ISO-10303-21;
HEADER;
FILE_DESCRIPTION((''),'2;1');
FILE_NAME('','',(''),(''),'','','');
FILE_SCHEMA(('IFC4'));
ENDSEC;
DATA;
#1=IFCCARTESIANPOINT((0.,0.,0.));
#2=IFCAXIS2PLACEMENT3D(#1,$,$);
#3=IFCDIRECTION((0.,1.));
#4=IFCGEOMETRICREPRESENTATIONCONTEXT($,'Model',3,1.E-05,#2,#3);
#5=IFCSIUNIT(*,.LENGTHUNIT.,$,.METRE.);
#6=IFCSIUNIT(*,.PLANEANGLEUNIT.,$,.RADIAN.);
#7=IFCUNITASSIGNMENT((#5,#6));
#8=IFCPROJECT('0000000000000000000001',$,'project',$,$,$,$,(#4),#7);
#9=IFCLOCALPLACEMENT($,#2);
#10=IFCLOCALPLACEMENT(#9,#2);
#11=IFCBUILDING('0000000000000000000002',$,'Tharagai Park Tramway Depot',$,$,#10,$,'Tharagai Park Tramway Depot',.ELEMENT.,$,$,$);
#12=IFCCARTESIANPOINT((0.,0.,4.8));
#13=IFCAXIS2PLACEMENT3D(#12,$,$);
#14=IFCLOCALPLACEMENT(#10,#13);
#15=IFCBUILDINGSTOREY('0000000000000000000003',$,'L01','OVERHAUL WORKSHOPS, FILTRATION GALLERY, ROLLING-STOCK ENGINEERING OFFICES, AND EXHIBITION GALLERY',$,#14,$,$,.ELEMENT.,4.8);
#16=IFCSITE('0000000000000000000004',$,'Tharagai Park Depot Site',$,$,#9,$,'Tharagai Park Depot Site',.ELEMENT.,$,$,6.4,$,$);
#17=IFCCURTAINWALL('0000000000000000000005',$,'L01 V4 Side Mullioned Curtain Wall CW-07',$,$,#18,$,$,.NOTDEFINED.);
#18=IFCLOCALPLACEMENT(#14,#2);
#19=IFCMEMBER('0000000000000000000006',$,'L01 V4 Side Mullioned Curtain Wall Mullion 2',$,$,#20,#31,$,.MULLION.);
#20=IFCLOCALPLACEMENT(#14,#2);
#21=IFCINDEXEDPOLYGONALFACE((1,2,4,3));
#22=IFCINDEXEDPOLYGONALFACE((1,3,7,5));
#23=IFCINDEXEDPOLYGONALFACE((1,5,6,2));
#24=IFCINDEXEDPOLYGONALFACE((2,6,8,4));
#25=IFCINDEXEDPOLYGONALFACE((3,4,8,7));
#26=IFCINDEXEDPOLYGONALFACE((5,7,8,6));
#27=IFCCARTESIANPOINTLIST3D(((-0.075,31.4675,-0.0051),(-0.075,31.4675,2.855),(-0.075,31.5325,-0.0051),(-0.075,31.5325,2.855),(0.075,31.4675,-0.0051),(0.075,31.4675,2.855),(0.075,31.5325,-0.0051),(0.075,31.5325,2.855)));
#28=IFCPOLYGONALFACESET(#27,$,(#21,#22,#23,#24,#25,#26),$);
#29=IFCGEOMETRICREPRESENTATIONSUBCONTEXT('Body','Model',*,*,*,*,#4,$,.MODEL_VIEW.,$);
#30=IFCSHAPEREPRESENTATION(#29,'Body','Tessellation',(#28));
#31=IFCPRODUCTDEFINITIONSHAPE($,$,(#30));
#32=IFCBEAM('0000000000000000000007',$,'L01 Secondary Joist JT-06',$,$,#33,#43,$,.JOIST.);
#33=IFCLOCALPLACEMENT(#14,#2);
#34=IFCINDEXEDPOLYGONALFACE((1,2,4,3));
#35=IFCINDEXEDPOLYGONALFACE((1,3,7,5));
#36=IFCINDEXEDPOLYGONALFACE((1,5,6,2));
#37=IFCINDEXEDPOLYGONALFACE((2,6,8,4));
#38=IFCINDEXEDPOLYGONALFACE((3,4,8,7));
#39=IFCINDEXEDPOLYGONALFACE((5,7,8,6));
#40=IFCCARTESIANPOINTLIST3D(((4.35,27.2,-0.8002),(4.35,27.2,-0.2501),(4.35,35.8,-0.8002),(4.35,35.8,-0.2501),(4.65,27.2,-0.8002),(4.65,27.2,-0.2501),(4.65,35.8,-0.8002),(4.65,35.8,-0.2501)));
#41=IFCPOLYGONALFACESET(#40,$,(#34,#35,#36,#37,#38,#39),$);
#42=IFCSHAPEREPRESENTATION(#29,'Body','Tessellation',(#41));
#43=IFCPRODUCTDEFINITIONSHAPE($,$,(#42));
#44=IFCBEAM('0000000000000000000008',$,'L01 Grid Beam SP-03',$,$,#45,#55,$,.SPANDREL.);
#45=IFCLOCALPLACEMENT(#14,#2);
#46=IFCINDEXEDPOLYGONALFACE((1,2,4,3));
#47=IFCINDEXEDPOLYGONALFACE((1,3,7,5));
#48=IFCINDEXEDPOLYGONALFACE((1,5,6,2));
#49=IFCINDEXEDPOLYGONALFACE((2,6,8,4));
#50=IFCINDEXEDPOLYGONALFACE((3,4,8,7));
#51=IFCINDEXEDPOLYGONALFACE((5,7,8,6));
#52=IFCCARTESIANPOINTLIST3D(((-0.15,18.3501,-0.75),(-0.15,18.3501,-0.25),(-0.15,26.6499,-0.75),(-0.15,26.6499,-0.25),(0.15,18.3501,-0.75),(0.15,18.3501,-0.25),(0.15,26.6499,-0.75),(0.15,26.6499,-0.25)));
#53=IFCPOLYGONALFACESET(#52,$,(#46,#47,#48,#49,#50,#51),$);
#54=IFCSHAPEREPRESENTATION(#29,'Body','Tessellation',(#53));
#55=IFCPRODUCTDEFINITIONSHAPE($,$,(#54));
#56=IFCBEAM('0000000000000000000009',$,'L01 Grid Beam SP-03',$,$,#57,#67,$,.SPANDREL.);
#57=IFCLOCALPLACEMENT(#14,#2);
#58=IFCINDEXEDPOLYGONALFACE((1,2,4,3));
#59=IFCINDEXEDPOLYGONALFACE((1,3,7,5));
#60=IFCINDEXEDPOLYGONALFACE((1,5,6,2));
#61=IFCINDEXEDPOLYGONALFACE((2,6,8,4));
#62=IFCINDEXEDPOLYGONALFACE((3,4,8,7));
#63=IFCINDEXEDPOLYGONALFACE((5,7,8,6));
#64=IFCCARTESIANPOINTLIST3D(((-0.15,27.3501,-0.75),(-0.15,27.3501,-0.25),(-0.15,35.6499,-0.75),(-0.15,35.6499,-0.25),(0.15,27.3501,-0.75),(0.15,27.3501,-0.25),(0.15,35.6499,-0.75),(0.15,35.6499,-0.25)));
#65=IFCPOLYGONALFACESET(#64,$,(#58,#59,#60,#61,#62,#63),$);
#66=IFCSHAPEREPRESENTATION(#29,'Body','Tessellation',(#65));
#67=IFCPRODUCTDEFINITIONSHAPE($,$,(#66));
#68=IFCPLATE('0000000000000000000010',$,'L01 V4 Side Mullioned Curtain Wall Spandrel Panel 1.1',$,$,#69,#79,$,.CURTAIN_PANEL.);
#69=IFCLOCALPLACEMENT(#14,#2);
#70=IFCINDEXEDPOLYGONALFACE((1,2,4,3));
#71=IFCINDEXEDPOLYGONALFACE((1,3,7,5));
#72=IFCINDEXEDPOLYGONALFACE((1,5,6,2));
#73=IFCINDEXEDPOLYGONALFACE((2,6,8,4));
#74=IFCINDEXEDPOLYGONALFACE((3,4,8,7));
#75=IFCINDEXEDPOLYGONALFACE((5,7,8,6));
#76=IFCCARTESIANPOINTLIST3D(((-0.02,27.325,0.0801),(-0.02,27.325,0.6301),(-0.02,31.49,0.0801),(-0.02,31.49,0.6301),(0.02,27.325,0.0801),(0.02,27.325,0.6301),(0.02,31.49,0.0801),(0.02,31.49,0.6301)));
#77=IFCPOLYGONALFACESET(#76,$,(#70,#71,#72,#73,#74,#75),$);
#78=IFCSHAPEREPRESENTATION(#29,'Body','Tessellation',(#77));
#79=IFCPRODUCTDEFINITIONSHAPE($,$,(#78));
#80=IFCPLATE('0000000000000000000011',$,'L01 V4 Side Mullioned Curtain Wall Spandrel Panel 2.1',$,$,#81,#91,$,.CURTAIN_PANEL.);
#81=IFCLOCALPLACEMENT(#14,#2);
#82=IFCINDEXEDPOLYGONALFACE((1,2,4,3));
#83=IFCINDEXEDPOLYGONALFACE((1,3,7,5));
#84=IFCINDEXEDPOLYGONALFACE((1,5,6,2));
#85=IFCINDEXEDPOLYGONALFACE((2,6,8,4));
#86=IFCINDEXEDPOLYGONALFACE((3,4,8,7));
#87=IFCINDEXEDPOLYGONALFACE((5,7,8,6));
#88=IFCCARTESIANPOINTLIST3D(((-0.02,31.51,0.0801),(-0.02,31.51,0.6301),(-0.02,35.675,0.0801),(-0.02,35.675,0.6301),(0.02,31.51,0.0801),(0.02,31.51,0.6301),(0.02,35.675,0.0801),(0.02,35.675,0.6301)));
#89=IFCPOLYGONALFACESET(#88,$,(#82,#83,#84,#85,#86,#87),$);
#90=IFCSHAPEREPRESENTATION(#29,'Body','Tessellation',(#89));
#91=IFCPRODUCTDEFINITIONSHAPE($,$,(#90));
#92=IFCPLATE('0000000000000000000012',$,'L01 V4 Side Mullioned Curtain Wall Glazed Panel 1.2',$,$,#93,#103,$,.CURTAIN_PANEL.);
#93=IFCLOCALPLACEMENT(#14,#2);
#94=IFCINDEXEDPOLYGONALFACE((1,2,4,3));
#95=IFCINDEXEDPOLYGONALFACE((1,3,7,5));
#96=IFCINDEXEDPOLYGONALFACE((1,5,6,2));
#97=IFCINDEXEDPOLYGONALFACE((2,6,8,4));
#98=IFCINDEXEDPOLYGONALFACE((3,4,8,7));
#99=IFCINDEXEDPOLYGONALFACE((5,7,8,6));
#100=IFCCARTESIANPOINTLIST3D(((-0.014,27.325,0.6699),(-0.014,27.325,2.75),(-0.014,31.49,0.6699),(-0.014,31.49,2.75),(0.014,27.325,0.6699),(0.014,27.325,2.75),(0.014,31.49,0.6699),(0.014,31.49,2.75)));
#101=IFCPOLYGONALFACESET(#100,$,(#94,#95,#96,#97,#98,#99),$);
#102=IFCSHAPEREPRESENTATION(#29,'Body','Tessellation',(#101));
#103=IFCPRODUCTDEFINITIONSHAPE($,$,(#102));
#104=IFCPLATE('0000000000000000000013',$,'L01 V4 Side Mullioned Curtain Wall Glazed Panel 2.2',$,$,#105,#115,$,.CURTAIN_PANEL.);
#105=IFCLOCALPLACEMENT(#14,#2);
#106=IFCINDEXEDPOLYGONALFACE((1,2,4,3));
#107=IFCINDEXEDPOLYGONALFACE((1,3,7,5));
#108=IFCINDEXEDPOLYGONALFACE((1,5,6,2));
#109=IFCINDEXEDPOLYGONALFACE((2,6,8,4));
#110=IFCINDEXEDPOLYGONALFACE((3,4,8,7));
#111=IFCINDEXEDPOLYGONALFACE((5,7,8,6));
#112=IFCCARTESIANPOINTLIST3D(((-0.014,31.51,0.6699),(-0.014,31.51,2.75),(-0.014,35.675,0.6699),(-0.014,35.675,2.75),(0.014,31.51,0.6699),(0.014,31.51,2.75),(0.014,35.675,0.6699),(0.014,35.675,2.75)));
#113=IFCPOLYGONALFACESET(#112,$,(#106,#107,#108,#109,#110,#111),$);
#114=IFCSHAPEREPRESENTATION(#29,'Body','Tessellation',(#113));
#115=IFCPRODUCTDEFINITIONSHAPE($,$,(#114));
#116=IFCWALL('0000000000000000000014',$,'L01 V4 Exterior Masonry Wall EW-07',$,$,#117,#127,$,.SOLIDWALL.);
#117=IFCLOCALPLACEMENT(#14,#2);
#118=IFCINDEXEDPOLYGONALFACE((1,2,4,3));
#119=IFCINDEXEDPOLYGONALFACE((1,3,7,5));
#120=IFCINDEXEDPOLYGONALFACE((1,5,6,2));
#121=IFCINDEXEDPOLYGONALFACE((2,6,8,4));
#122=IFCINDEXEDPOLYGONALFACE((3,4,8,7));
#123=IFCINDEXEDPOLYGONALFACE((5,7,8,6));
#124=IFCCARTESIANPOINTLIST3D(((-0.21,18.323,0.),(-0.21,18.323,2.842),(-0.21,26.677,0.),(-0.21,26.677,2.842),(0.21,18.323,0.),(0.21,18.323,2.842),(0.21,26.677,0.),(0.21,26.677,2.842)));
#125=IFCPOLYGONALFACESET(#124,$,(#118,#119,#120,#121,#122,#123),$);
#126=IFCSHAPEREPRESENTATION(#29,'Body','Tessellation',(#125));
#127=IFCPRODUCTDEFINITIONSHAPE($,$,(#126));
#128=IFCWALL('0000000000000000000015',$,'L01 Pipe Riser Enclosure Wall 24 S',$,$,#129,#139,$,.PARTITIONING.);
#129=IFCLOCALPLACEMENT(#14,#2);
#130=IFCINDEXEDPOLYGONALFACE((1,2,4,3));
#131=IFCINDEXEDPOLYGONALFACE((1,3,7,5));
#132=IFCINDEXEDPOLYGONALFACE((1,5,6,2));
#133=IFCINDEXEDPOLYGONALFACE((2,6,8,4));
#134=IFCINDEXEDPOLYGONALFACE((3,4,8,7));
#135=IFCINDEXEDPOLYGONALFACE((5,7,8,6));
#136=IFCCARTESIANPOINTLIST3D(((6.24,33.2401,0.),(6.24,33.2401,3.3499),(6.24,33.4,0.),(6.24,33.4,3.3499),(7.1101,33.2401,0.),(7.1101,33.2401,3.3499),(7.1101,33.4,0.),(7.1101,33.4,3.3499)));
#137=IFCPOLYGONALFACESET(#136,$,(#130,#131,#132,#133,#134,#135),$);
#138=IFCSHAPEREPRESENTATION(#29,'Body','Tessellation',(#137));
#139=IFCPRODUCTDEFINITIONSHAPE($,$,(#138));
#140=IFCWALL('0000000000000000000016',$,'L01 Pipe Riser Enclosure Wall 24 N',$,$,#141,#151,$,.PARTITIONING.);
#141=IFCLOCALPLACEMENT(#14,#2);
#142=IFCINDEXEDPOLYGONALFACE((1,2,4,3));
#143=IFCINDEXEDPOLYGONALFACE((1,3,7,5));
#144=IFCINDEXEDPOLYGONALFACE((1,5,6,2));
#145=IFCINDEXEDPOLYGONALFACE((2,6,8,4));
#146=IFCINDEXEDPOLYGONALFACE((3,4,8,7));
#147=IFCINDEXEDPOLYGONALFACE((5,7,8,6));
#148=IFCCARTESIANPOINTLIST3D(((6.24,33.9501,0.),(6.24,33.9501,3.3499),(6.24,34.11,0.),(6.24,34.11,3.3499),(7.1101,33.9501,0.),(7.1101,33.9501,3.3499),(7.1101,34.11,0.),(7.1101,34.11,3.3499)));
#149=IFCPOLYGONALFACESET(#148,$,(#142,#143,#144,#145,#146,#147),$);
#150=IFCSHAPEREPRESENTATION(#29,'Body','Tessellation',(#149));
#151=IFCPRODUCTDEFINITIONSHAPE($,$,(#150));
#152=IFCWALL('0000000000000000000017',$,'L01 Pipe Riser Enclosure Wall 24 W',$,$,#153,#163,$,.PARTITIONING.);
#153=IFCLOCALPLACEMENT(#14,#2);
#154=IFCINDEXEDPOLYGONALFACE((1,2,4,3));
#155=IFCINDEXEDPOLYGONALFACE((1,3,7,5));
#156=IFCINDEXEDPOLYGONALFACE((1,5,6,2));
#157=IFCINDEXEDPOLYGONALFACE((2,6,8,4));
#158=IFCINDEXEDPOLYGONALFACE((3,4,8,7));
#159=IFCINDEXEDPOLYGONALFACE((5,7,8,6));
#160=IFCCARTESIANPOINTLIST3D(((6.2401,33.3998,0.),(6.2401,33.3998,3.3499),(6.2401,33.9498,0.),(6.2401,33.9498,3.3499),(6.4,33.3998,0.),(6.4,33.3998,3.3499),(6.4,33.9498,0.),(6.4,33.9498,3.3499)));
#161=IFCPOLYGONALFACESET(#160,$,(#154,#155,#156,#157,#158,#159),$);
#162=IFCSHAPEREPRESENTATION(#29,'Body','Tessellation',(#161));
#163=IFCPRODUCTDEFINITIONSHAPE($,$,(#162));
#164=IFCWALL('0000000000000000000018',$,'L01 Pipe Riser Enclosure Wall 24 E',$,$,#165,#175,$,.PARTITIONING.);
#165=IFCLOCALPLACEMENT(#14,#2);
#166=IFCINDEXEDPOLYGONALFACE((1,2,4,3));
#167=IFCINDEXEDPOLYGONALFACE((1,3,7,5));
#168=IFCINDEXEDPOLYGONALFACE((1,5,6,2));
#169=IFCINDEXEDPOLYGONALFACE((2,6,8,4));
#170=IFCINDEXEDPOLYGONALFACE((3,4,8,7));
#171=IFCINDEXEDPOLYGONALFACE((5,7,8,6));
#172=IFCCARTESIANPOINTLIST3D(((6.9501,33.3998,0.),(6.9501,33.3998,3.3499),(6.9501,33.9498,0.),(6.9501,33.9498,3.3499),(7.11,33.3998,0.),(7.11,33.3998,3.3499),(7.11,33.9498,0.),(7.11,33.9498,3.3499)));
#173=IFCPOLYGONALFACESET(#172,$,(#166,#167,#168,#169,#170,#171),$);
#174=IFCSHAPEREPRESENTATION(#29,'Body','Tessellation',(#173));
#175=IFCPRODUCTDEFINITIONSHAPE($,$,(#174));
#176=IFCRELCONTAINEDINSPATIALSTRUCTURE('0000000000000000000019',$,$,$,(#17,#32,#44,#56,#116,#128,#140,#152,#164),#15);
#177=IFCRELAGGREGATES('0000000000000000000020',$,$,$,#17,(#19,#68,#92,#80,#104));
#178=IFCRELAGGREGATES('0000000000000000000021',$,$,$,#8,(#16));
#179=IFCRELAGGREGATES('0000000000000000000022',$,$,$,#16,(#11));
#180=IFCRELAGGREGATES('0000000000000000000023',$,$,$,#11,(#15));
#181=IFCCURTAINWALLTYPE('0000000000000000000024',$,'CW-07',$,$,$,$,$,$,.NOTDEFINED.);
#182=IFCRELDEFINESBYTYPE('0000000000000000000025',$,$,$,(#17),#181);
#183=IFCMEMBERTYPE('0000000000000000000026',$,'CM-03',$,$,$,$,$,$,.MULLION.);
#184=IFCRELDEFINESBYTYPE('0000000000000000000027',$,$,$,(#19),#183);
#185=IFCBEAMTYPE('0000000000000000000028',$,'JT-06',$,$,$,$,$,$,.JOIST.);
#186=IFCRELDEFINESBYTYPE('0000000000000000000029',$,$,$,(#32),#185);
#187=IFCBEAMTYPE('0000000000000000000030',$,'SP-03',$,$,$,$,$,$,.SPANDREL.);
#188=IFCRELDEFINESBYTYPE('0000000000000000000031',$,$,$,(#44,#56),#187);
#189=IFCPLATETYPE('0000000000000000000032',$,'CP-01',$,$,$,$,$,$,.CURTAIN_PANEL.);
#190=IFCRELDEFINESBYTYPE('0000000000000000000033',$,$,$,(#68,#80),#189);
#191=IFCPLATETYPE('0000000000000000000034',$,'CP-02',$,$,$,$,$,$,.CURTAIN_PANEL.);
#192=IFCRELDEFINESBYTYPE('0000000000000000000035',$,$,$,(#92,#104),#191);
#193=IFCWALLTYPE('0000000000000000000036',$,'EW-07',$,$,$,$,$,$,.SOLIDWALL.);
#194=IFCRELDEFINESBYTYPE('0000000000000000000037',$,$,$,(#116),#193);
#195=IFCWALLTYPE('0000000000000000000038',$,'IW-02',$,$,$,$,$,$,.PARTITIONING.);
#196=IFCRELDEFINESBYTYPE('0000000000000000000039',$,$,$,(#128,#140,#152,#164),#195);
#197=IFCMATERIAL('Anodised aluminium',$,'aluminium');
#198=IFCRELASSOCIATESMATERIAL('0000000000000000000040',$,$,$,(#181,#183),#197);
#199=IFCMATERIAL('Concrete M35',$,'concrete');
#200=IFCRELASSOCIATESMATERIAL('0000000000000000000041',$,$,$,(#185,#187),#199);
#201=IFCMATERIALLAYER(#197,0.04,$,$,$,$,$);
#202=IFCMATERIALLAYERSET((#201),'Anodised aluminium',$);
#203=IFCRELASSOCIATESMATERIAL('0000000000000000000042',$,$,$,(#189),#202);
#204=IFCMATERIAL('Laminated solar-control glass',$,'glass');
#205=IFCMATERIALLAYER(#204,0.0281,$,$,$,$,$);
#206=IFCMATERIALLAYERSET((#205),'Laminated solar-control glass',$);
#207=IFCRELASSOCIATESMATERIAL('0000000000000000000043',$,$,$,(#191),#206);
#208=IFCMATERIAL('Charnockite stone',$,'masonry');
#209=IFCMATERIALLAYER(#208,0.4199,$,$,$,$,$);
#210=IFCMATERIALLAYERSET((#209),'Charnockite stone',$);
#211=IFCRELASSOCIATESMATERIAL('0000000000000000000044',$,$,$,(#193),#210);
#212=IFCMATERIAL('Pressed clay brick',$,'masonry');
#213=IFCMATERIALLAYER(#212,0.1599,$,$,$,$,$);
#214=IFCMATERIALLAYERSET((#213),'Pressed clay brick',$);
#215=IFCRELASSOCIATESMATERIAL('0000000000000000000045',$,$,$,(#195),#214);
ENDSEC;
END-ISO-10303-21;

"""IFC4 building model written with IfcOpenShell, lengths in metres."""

from ifc_helpers import new_model, si_unit, direction, frame, frame_2d, origin, origin_2d, place, context, subcontext, project, spatial, rectangle, extrude, material, layer, layer_set, material_profile, profile_set, type_object, element, aggregate, save


model = new_model("IFC4")

# Units and contexts
model_context = context("Model", 3, precision=1e-05, world=origin(), true_north=direction((0.0, 1.0)))
body_context = subcontext(model_context, "Body", "Model", "MODEL_VIEW")
ifc_project = project(units=[si_unit("LENGTHUNIT", "METRE"), si_unit("PLANEANGLEUNIT", "RADIAN")], contexts=[model_context])

# Site, building, storey
site_placement = place(None, origin())
site = spatial("IfcSite", under=ifc_project, at=site_placement, Name="Tharagai Park Depot Site", LongName="Tharagai Park Depot Site", CompositionType="ELEMENT", RefElevation=6.4)
building_placement = place(site_placement, origin())
building = spatial("IfcBuilding", under=site, at=building_placement, Name="Tharagai Park Tramway Depot", LongName="Tharagai Park Tramway Depot", CompositionType="ELEMENT")
storey_placement = place(building_placement, frame((0.0, 0.0, 4.8)))
storey = spatial("IfcBuildingStorey", under=building, at=storey_placement, Name="L01", Description="OVERHAUL WORKSHOPS, FILTRATION GALLERY, ROLLING-STOCK ENGINEERING OFFICES, AND EXHIBITION GALLERY", CompositionType="ELEMENT", Elevation=4.8)

# Shared definitions
ifc_material_1 = material(Name="Concrete M35", Category="concrete")

# Curtain wall, member
ifc_material_2 = material(Name="Anodised aluminium", Category="aluminium")
curtain_wall_type = type_object("IfcCurtainWallType", Name="CW-07", PredefinedType="NOTDEFINED", material=ifc_material_2)
curtain_wall_placement = place(storey_placement, origin())
curtain_wall = element("IfcCurtainWall", 1, at=curtain_wall_placement, inside=storey, type_object=curtain_wall_type, Name="L01 V4 Side Mullioned Curtain Wall CW-07", PredefinedType="NOTDEFINED")
ifc_material_profile_1 = material_profile(ifc_material_2, rectangle(XDim=0.0649, YDim=0.1499, at=origin_2d()), Name="ALU 65x150")
ifc_profile_set_1 = profile_set([ifc_material_profile_1], Name="Anodised aluminium")
member_type_1 = type_object("IfcMemberType", Name="CM-03", PredefinedType="MULLION", material=ifc_profile_set_1)
member_1_placement = place(storey_placement, frame((0.0, 31.5, -0.0051), z_axis=(0.0, 0.0, 1.0), x_axis=(0.0, 1.0, 0.0)))
member_1 = element("IfcMember", 2, at=member_1_placement, type_object=member_type_1, Name="L01 V4 Side Mullioned Curtain Wall Mullion 2", PredefinedType="MULLION", context=body_context, shape_type="SweptSolid", body=[
    extrude(rectangle(XDim=0.0649, YDim=0.1499, at=origin_2d()), origin(), (0.0, 0.0, 1.0), 2.8601),
])

# Beams
ifc_material_profile_2 = material_profile(ifc_material_1, rectangle(XDim=0.3, YDim=0.55, at=origin_2d()), Name="RC 300x550")
ifc_profile_set_2 = profile_set([ifc_material_profile_2], Name="Concrete M35")
beam_type_1 = type_object("IfcBeamType", Name="JT-06", PredefinedType="JOIST", material=ifc_profile_set_2)
beam_1_placement = place(storey_placement, frame((4.5, 27.2, -0.5251), z_axis=(0.0, 1.0, 0.0), x_axis=(-1.0, 0.0, 0.0)))
element("IfcBeam", 3, at=beam_1_placement, inside=storey, type_object=beam_type_1, Name="L01 Secondary Joist JT-06", PredefinedType="JOIST", context=body_context, shape_type="SweptSolid", body=[
    extrude(rectangle(XDim=0.3, YDim=0.55, at=origin_2d()), origin(), (0.0, 0.0, 1.0), 8.6001),
])
ifc_material_profile_3 = material_profile(ifc_material_1, rectangle(XDim=0.3, YDim=0.5, at=origin_2d()), Name="RC 300x500")
ifc_profile_set_3 = profile_set([ifc_material_profile_3], Name="Concrete M35")
beam_type_2 = type_object("IfcBeamType", Name="SP-03", PredefinedType="SPANDREL", material=ifc_profile_set_3)
for number, where, z_axis, x_axis, name in (
    (4, (0.0, 18.3501, -0.5), (0.0, 1.0, 0.0), (-1.0, 0.0, 0.0), "L01 Grid Beam SP-03"),
    (5, (0.0, 27.3501, -0.5), (0.0, 1.0, 0.0), (-1.0, 0.0, 0.0), "L01 Grid Beam SP-03"),
):
    element("IfcBeam", number, at=place(storey_placement, frame(where, z_axis=z_axis, x_axis=x_axis)), inside=storey, type_object=beam_type_2, Name=name, PredefinedType="SPANDREL", context=body_context, shape_type="SweptSolid", body=[
        extrude(rectangle(XDim=0.3, YDim=0.5, at=origin_2d()), origin(), (0.0, 0.0, 1.0), 8.2998),
    ])

# Plates
ifc_layer_1 = layer(ifc_material_2, 0.04)
ifc_layer_set_1 = layer_set([ifc_layer_1], Name="Anodised aluminium")
plate_type_1 = type_object("IfcPlateType", Name="CP-01", PredefinedType="CURTAIN_PANEL", material=ifc_layer_set_1)
plate_1_placement = place(storey_placement, frame((0.0, 29.4075, 0.0801), z_axis=(0.0, 0.0, 1.0), x_axis=(0.0, 1.0, 0.0)))
plate_1 = element("IfcPlate", 6, at=plate_1_placement, type_object=plate_type_1, Name="L01 V4 Side Mullioned Curtain Wall Spandrel Panel 1.1", PredefinedType="CURTAIN_PANEL", context=body_context, shape_type="SweptSolid", body=[
    extrude(rectangle(XDim=4.165, YDim=0.04, at=origin_2d()), origin(), (0.0, 0.0, 1.0), 0.55),
])
plate_2_placement = place(storey_placement, frame((0.0, 33.5925, 0.0801), z_axis=(0.0, 0.0, 1.0), x_axis=(0.0, 1.0, 0.0)))
plate_2 = element("IfcPlate", 7, at=plate_2_placement, type_object=plate_type_1, Name="L01 V4 Side Mullioned Curtain Wall Spandrel Panel 2.1", PredefinedType="CURTAIN_PANEL", context=body_context, shape_type="SweptSolid", body=[
    extrude(rectangle(XDim=4.165, YDim=0.04, at=origin_2d()), origin(), (0.0, 0.0, 1.0), 0.55),
])
ifc_material_3 = material(Name="Laminated solar-control glass", Category="glass")
ifc_layer_2 = layer(ifc_material_3, 0.0281)
ifc_layer_set_2 = layer_set([ifc_layer_2], Name="Laminated solar-control glass")
plate_type_2 = type_object("IfcPlateType", Name="CP-02", PredefinedType="CURTAIN_PANEL", material=ifc_layer_set_2)
plate_3_placement = place(storey_placement, frame((0.0, 29.4075, 0.6699), z_axis=(0.0, 0.0, 1.0), x_axis=(0.0, 1.0, 0.0)))
plate_3 = element("IfcPlate", 8, at=plate_3_placement, type_object=plate_type_2, Name="L01 V4 Side Mullioned Curtain Wall Glazed Panel 1.2", PredefinedType="CURTAIN_PANEL", context=body_context, shape_type="SweptSolid", body=[
    extrude(rectangle(XDim=4.165, YDim=0.0281, at=origin_2d()), origin(), (0.0, 0.0, 1.0), 2.0801),
])
plate_4_placement = place(storey_placement, frame((0.0, 33.5925, 0.6699), z_axis=(0.0, 0.0, 1.0), x_axis=(0.0, 1.0, 0.0)))
plate_4 = element("IfcPlate", 9, at=plate_4_placement, type_object=plate_type_2, Name="L01 V4 Side Mullioned Curtain Wall Glazed Panel 2.2", PredefinedType="CURTAIN_PANEL", context=body_context, shape_type="SweptSolid", body=[
    extrude(rectangle(XDim=4.165, YDim=0.0281, at=origin_2d()), origin(), (0.0, 0.0, 1.0), 2.0801),
])
aggregate(curtain_wall, [member_1, plate_1, plate_3, plate_2, plate_4])

# Walls
ifc_material_4 = material(Name="Charnockite stone", Category="masonry")
ifc_layer_3 = layer(ifc_material_4, 0.4199)
ifc_layer_set_3 = layer_set([ifc_layer_3], Name="Charnockite stone")
wall_type_1 = type_object("IfcWallType", Name="EW-07", PredefinedType="SOLIDWALL", material=ifc_layer_set_3)
wall_1_placement = place(storey_placement, frame((0.0, 18.323, 0.0), z_axis=(0.0, 0.0, 1.0), x_axis=(0.0, 1.0, 0.0)))
element("IfcWall", 10, at=wall_1_placement, inside=storey, type_object=wall_type_1, Name="L01 V4 Exterior Masonry Wall EW-07", PredefinedType="SOLIDWALL", context=body_context, shape_type="SweptSolid", body=[
    extrude(rectangle(XDim=8.354, YDim=0.4199, at=frame_2d((4.177, 0.0))), origin(), (0.0, 0.0, 1.0), 2.842),
])
ifc_material_5 = material(Name="Pressed clay brick", Category="masonry")
ifc_layer_4 = layer(ifc_material_5, 0.1599)
ifc_layer_set_4 = layer_set([ifc_layer_4], Name="Pressed clay brick")
wall_type_2 = type_object("IfcWallType", Name="IW-02", PredefinedType="PARTITIONING", material=ifc_layer_set_4)
for number, where, z_axis, x_axis, name in (
    (11, (6.24, 33.3201, 0.0), (0.0, 0.0, 1.0), (1.0, 0.0, 0.0), "L01 Pipe Riser Enclosure Wall 24 S"),
    (12, (6.24, 34.03, 0.0), (0.0, 0.0, 1.0), (1.0, 0.0, 0.0), "L01 Pipe Riser Enclosure Wall 24 N"),
):
    element("IfcWall", number, at=place(storey_placement, frame(where, z_axis=z_axis, x_axis=x_axis)), inside=storey, type_object=wall_type_2, Name=name, PredefinedType="PARTITIONING", context=body_context, shape_type="SweptSolid", body=[
        extrude(rectangle(XDim=0.8701, YDim=0.1599, at=frame_2d((0.4351, 0.0))), origin(), (0.0, 0.0, 1.0), 3.3499),
    ])
for number, where, z_axis, x_axis, name in (
    (13, (6.3201, 33.3999, 0.0), (0.0, 0.0, 1.0), (0.0, 1.0, 0.0), "L01 Pipe Riser Enclosure Wall 24 W"),
    (14, (7.03, 33.3999, 0.0), (0.0, 0.0, 1.0), (0.0, 1.0, 0.0), "L01 Pipe Riser Enclosure Wall 24 E"),
):
    element("IfcWall", number, at=place(storey_placement, frame(where, z_axis=z_axis, x_axis=x_axis)), inside=storey, type_object=wall_type_2, Name=name, PredefinedType="PARTITIONING", context=body_context, shape_type="SweptSolid", body=[
        extrude(rectangle(XDim=0.55, YDim=0.1599, at=frame_2d((0.2749, 0.0))), origin(), (0.0, 0.0, 1.0), 3.3499),
    ])

save(model, "model.ifc")
